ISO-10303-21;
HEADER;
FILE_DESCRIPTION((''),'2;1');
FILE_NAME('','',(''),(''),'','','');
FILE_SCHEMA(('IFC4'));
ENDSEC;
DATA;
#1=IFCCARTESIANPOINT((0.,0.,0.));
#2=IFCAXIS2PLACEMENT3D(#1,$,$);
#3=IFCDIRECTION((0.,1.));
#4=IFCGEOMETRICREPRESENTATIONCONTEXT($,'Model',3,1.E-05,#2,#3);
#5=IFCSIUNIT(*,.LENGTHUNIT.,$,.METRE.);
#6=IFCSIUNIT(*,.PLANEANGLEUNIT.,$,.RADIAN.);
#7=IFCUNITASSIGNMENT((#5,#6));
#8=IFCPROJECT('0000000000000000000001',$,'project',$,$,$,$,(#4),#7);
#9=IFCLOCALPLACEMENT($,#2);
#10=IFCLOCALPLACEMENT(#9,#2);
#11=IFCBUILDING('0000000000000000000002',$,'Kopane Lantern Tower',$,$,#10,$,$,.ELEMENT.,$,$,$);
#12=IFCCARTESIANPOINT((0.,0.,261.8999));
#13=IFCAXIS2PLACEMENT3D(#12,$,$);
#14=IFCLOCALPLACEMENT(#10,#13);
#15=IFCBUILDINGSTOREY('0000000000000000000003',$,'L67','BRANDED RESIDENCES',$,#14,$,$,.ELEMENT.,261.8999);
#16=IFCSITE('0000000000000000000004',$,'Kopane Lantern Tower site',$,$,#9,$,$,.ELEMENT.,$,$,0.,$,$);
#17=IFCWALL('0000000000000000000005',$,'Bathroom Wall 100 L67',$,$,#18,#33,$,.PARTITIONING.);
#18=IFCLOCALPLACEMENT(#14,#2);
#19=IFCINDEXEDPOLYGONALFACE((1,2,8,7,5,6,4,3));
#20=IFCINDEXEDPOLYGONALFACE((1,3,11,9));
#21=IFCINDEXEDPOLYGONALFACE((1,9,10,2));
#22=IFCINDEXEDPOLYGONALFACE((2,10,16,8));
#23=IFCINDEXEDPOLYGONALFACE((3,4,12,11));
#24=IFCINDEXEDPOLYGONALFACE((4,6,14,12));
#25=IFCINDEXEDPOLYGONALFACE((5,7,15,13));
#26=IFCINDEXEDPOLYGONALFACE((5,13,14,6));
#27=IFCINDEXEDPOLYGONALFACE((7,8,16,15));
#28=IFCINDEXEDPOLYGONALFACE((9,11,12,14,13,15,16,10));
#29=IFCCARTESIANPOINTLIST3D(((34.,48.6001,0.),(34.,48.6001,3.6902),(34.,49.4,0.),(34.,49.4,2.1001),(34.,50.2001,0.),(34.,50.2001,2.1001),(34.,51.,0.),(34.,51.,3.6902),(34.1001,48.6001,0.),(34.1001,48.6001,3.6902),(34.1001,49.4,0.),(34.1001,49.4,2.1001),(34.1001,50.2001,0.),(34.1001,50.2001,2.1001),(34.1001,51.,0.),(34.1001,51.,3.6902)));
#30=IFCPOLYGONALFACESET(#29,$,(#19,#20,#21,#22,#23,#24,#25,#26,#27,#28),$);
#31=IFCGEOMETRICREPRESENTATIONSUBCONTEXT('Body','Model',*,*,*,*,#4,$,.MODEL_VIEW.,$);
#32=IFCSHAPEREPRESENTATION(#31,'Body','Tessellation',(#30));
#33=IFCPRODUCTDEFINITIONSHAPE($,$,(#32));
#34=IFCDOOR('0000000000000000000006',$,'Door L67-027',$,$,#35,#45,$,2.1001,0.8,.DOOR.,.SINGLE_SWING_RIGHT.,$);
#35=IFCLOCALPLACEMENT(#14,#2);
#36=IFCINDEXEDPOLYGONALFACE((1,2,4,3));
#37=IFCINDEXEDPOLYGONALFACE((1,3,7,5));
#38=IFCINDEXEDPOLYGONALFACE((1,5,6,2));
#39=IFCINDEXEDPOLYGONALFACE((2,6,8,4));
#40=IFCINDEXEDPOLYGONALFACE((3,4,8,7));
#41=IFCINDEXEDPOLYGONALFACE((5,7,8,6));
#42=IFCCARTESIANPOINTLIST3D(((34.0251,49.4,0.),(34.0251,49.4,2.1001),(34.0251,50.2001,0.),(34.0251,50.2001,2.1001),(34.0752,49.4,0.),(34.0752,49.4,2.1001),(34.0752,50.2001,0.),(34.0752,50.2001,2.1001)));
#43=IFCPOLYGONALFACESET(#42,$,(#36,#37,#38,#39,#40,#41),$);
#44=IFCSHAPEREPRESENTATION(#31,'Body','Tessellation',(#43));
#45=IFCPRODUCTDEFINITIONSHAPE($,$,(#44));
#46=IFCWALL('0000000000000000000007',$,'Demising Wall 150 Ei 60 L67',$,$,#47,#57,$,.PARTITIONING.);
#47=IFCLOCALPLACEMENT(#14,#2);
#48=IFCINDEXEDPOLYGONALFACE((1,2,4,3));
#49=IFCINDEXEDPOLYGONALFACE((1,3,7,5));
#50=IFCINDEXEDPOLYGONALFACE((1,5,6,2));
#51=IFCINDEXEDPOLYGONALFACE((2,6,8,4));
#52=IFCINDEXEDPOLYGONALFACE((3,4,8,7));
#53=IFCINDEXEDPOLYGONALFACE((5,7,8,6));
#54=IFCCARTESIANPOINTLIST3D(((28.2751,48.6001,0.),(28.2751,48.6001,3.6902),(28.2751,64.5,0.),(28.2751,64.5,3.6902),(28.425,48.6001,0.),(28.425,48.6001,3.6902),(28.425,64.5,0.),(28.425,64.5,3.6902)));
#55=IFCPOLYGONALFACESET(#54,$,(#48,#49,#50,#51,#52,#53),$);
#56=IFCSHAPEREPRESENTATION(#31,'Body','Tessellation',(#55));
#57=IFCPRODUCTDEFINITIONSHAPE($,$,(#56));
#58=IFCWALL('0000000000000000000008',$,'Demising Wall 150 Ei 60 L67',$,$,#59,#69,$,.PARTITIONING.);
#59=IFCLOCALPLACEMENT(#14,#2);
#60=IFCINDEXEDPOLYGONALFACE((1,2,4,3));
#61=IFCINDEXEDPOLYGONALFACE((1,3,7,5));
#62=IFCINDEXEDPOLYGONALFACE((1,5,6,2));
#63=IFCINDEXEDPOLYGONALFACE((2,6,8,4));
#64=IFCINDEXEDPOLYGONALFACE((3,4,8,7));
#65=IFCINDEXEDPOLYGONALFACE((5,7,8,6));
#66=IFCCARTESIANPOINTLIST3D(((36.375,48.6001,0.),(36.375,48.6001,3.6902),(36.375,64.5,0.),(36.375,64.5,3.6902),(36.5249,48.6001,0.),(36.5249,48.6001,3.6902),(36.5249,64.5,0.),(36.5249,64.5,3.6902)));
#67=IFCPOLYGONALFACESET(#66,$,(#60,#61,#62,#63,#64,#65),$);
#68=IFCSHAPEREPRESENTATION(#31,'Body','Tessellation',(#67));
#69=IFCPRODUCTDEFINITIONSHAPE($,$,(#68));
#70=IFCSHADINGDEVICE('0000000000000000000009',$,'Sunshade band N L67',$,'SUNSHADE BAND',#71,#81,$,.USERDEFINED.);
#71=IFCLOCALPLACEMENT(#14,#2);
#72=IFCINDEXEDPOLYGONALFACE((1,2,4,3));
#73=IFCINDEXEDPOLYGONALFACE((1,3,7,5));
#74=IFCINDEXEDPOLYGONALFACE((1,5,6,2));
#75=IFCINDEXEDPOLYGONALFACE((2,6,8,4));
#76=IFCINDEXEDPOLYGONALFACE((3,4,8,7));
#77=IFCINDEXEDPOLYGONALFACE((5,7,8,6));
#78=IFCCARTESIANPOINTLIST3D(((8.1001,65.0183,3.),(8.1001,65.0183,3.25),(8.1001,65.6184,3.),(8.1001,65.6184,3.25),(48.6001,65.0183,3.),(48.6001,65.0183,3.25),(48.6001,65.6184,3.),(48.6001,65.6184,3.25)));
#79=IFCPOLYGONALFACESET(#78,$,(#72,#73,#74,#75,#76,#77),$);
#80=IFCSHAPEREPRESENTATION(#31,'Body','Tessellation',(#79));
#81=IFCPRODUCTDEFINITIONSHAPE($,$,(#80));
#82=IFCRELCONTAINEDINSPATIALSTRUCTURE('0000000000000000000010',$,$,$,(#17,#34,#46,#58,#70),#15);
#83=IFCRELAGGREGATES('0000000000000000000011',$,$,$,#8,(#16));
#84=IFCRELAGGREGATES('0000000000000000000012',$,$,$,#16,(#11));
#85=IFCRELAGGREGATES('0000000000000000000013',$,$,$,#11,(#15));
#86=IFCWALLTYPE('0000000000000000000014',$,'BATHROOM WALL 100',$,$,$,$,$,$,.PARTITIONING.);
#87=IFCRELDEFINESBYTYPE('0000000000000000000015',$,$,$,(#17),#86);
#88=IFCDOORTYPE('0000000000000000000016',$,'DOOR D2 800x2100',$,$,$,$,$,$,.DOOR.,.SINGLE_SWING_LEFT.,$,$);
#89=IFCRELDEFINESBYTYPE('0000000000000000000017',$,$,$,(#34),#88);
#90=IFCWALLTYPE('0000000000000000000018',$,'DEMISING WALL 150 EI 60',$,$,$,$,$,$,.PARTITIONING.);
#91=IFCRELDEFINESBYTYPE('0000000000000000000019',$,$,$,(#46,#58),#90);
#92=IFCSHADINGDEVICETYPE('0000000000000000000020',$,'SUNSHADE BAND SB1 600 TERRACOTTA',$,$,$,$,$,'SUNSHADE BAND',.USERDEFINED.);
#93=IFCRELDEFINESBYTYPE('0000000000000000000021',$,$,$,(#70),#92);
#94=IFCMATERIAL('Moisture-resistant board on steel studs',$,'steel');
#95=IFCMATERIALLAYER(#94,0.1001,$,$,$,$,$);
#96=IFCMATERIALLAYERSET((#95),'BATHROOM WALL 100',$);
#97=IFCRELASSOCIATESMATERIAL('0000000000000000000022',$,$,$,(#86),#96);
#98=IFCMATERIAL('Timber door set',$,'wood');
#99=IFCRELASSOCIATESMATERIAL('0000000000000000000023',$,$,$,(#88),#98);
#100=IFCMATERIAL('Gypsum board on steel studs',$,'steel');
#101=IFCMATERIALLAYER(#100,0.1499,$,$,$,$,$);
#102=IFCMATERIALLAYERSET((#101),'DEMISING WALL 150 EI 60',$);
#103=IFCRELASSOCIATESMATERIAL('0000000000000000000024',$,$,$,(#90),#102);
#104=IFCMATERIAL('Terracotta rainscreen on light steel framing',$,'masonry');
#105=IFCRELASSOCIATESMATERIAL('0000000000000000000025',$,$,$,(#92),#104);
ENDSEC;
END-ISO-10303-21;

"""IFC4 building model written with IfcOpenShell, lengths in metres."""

from ifc_helpers import new_model, si_unit, direction, frame, frame_2d, origin, origin_2d, place, context, subcontext, project, spatial, rectangle, extrude, material, layer, layer_set, type_object, element, fill, save


model = new_model("IFC4")

# Units and contexts
model_context = context("Model", 3, precision=1e-05, world=origin(), true_north=direction((0.0, 1.0)))
body_context = subcontext(model_context, "Body", "Model", "MODEL_VIEW")
ifc_project = project(units=[si_unit("LENGTHUNIT", "METRE"), si_unit("PLANEANGLEUNIT", "RADIAN")], contexts=[model_context])

# Site, building, storey
site_placement = place(None, origin())
site = spatial("IfcSite", under=ifc_project, at=site_placement, Name="Kopane Lantern Tower site", CompositionType="ELEMENT", RefElevation=0.0)
building_placement = place(site_placement, origin())
building = spatial("IfcBuilding", under=site, at=building_placement, Name="Kopane Lantern Tower", CompositionType="ELEMENT")
storey_placement = place(building_placement, frame((0.0, 0.0, 261.8999)))
storey = spatial("IfcBuildingStorey", under=building, at=storey_placement, Name="L67", Description="BRANDED RESIDENCES", CompositionType="ELEMENT", Elevation=261.8999)

# Wall, opening, door
ifc_material_1 = material(Name="Moisture-resistant board on steel studs", Category="steel")
ifc_layer_1 = layer(ifc_material_1, 0.1001)
ifc_layer_set_1 = layer_set([ifc_layer_1], Name="BATHROOM WALL 100")
wall_type_1 = type_object("IfcWallType", Name="BATHROOM WALL 100", PredefinedType="PARTITIONING", material=ifc_layer_set_1)
wall_1_placement = place(storey_placement, frame((34.05, 48.6001, 0.0), z_axis=(0.0, 0.0, 1.0), x_axis=(0.0, 1.0, 0.0)))
wall_1 = element("IfcWall", 1, at=wall_1_placement, inside=storey, type_object=wall_type_1, Name="Bathroom Wall 100 L67", PredefinedType="PARTITIONING", context=body_context, shape_type="SweptSolid", body=[
    extrude(rectangle(XDim=2.3999, YDim=0.1001, at=frame_2d((1.2, 0.0))), origin(), (0.0, 0.0, 1.0), 3.6902),
])
opening_1_placement = place(wall_1_placement, frame((0.8, 0.0, 0.0)))
opening_1 = element("IfcOpeningElement", 2, at=opening_1_placement, cuts=wall_1, PredefinedType="OPENING", context=body_context, shape_type="SweptSolid", body=[
    extrude(rectangle(XDim=0.8, YDim=2.1001, at=frame_2d((0.3999, 1.05))), frame((0.0, 0.0601, 0.0), z_axis=(0.0, -1.0, 0.0), x_axis=(1.0, 0.0, 0.0)), (0.0, 0.0, 1.0), 0.1201),
])
ifc_material_2 = material(Name="Timber door set", Category="wood")
door_type_1 = type_object("IfcDoorType", Name="DOOR D2 800x2100", OperationType="SINGLE_SWING_LEFT", PredefinedType="DOOR", material=ifc_material_2)
door_1_placement = place(opening_1_placement, origin())
door_1 = element("IfcDoor", 3, at=door_1_placement, inside=storey, type_object=door_type_1, Name="Door L67-027", OperationType="SINGLE_SWING_RIGHT", OverallHeight=2.1001, OverallWidth=0.8, PredefinedType="DOOR", context=body_context, shape_type="SweptSolid", body=[
    extrude(rectangle(XDim=0.8, YDim=2.1001, at=frame_2d((0.3999, 1.05))), frame((0.0, 0.0249, 0.0), z_axis=(0.0, -1.0, 0.0), x_axis=(1.0, 0.0, 0.0)), (0.0, 0.0, 1.0), 0.05),
])
fill(opening_1, door_1)

# Walls
ifc_material_3 = material(Name="Gypsum board on steel studs", Category="steel")
ifc_layer_2 = layer(ifc_material_3, 0.1499)
ifc_layer_set_2 = layer_set([ifc_layer_2], Name="DEMISING WALL 150 EI 60")
wall_type_2 = type_object("IfcWallType", Name="DEMISING WALL 150 EI 60", PredefinedType="PARTITIONING", material=ifc_layer_set_2)
for number, where, z_axis, x_axis, name in (
    (4, (28.3501, 48.6001, 0.0), (0.0, 0.0, 1.0), (0.0, 1.0, 0.0), "Demising Wall 150 Ei 60 L67"),
    (5, (36.45, 64.5, 0.0), (0.0, 0.0, 1.0), (0.0, -1.0, 0.0), "Demising Wall 150 Ei 60 L67"),
):
    element("IfcWall", number, at=place(storey_placement, frame(where, z_axis=z_axis, x_axis=x_axis)), inside=storey, type_object=wall_type_2, Name=name, PredefinedType="PARTITIONING", context=body_context, shape_type="SweptSolid", body=[
        extrude(rectangle(XDim=15.8999, YDim=0.1499, at=frame_2d((7.95, 0.0))), origin(), (0.0, 0.0, 1.0), 3.6902),
    ])

# Shading device
ifc_material_4 = material(Name="Terracotta rainscreen on light steel framing", Category="masonry")
shading_device_type = type_object("IfcShadingDeviceType", Name="SUNSHADE BAND SB1 600 TERRACOTTA", ElementType="SUNSHADE BAND", PredefinedType="USERDEFINED", material=ifc_material_4)
shading_device_placement = place(storey_placement, frame((28.3501, 65.3184, 3.0), z_axis=(0.0, 0.0, 1.0), x_axis=(-1.0, 0.0, 0.0)))
element("IfcShadingDevice", 6, at=shading_device_placement, inside=storey, type_object=shading_device_type, Name="Sunshade band N L67", ObjectType="SUNSHADE BAND", PredefinedType="USERDEFINED", context=body_context, shape_type="SweptSolid", body=[
    extrude(rectangle(XDim=40.5, YDim=0.6001, at=origin_2d()), origin(), (0.0, 0.0, 1.0), 0.25),
])

save(model, "model.ifc")
